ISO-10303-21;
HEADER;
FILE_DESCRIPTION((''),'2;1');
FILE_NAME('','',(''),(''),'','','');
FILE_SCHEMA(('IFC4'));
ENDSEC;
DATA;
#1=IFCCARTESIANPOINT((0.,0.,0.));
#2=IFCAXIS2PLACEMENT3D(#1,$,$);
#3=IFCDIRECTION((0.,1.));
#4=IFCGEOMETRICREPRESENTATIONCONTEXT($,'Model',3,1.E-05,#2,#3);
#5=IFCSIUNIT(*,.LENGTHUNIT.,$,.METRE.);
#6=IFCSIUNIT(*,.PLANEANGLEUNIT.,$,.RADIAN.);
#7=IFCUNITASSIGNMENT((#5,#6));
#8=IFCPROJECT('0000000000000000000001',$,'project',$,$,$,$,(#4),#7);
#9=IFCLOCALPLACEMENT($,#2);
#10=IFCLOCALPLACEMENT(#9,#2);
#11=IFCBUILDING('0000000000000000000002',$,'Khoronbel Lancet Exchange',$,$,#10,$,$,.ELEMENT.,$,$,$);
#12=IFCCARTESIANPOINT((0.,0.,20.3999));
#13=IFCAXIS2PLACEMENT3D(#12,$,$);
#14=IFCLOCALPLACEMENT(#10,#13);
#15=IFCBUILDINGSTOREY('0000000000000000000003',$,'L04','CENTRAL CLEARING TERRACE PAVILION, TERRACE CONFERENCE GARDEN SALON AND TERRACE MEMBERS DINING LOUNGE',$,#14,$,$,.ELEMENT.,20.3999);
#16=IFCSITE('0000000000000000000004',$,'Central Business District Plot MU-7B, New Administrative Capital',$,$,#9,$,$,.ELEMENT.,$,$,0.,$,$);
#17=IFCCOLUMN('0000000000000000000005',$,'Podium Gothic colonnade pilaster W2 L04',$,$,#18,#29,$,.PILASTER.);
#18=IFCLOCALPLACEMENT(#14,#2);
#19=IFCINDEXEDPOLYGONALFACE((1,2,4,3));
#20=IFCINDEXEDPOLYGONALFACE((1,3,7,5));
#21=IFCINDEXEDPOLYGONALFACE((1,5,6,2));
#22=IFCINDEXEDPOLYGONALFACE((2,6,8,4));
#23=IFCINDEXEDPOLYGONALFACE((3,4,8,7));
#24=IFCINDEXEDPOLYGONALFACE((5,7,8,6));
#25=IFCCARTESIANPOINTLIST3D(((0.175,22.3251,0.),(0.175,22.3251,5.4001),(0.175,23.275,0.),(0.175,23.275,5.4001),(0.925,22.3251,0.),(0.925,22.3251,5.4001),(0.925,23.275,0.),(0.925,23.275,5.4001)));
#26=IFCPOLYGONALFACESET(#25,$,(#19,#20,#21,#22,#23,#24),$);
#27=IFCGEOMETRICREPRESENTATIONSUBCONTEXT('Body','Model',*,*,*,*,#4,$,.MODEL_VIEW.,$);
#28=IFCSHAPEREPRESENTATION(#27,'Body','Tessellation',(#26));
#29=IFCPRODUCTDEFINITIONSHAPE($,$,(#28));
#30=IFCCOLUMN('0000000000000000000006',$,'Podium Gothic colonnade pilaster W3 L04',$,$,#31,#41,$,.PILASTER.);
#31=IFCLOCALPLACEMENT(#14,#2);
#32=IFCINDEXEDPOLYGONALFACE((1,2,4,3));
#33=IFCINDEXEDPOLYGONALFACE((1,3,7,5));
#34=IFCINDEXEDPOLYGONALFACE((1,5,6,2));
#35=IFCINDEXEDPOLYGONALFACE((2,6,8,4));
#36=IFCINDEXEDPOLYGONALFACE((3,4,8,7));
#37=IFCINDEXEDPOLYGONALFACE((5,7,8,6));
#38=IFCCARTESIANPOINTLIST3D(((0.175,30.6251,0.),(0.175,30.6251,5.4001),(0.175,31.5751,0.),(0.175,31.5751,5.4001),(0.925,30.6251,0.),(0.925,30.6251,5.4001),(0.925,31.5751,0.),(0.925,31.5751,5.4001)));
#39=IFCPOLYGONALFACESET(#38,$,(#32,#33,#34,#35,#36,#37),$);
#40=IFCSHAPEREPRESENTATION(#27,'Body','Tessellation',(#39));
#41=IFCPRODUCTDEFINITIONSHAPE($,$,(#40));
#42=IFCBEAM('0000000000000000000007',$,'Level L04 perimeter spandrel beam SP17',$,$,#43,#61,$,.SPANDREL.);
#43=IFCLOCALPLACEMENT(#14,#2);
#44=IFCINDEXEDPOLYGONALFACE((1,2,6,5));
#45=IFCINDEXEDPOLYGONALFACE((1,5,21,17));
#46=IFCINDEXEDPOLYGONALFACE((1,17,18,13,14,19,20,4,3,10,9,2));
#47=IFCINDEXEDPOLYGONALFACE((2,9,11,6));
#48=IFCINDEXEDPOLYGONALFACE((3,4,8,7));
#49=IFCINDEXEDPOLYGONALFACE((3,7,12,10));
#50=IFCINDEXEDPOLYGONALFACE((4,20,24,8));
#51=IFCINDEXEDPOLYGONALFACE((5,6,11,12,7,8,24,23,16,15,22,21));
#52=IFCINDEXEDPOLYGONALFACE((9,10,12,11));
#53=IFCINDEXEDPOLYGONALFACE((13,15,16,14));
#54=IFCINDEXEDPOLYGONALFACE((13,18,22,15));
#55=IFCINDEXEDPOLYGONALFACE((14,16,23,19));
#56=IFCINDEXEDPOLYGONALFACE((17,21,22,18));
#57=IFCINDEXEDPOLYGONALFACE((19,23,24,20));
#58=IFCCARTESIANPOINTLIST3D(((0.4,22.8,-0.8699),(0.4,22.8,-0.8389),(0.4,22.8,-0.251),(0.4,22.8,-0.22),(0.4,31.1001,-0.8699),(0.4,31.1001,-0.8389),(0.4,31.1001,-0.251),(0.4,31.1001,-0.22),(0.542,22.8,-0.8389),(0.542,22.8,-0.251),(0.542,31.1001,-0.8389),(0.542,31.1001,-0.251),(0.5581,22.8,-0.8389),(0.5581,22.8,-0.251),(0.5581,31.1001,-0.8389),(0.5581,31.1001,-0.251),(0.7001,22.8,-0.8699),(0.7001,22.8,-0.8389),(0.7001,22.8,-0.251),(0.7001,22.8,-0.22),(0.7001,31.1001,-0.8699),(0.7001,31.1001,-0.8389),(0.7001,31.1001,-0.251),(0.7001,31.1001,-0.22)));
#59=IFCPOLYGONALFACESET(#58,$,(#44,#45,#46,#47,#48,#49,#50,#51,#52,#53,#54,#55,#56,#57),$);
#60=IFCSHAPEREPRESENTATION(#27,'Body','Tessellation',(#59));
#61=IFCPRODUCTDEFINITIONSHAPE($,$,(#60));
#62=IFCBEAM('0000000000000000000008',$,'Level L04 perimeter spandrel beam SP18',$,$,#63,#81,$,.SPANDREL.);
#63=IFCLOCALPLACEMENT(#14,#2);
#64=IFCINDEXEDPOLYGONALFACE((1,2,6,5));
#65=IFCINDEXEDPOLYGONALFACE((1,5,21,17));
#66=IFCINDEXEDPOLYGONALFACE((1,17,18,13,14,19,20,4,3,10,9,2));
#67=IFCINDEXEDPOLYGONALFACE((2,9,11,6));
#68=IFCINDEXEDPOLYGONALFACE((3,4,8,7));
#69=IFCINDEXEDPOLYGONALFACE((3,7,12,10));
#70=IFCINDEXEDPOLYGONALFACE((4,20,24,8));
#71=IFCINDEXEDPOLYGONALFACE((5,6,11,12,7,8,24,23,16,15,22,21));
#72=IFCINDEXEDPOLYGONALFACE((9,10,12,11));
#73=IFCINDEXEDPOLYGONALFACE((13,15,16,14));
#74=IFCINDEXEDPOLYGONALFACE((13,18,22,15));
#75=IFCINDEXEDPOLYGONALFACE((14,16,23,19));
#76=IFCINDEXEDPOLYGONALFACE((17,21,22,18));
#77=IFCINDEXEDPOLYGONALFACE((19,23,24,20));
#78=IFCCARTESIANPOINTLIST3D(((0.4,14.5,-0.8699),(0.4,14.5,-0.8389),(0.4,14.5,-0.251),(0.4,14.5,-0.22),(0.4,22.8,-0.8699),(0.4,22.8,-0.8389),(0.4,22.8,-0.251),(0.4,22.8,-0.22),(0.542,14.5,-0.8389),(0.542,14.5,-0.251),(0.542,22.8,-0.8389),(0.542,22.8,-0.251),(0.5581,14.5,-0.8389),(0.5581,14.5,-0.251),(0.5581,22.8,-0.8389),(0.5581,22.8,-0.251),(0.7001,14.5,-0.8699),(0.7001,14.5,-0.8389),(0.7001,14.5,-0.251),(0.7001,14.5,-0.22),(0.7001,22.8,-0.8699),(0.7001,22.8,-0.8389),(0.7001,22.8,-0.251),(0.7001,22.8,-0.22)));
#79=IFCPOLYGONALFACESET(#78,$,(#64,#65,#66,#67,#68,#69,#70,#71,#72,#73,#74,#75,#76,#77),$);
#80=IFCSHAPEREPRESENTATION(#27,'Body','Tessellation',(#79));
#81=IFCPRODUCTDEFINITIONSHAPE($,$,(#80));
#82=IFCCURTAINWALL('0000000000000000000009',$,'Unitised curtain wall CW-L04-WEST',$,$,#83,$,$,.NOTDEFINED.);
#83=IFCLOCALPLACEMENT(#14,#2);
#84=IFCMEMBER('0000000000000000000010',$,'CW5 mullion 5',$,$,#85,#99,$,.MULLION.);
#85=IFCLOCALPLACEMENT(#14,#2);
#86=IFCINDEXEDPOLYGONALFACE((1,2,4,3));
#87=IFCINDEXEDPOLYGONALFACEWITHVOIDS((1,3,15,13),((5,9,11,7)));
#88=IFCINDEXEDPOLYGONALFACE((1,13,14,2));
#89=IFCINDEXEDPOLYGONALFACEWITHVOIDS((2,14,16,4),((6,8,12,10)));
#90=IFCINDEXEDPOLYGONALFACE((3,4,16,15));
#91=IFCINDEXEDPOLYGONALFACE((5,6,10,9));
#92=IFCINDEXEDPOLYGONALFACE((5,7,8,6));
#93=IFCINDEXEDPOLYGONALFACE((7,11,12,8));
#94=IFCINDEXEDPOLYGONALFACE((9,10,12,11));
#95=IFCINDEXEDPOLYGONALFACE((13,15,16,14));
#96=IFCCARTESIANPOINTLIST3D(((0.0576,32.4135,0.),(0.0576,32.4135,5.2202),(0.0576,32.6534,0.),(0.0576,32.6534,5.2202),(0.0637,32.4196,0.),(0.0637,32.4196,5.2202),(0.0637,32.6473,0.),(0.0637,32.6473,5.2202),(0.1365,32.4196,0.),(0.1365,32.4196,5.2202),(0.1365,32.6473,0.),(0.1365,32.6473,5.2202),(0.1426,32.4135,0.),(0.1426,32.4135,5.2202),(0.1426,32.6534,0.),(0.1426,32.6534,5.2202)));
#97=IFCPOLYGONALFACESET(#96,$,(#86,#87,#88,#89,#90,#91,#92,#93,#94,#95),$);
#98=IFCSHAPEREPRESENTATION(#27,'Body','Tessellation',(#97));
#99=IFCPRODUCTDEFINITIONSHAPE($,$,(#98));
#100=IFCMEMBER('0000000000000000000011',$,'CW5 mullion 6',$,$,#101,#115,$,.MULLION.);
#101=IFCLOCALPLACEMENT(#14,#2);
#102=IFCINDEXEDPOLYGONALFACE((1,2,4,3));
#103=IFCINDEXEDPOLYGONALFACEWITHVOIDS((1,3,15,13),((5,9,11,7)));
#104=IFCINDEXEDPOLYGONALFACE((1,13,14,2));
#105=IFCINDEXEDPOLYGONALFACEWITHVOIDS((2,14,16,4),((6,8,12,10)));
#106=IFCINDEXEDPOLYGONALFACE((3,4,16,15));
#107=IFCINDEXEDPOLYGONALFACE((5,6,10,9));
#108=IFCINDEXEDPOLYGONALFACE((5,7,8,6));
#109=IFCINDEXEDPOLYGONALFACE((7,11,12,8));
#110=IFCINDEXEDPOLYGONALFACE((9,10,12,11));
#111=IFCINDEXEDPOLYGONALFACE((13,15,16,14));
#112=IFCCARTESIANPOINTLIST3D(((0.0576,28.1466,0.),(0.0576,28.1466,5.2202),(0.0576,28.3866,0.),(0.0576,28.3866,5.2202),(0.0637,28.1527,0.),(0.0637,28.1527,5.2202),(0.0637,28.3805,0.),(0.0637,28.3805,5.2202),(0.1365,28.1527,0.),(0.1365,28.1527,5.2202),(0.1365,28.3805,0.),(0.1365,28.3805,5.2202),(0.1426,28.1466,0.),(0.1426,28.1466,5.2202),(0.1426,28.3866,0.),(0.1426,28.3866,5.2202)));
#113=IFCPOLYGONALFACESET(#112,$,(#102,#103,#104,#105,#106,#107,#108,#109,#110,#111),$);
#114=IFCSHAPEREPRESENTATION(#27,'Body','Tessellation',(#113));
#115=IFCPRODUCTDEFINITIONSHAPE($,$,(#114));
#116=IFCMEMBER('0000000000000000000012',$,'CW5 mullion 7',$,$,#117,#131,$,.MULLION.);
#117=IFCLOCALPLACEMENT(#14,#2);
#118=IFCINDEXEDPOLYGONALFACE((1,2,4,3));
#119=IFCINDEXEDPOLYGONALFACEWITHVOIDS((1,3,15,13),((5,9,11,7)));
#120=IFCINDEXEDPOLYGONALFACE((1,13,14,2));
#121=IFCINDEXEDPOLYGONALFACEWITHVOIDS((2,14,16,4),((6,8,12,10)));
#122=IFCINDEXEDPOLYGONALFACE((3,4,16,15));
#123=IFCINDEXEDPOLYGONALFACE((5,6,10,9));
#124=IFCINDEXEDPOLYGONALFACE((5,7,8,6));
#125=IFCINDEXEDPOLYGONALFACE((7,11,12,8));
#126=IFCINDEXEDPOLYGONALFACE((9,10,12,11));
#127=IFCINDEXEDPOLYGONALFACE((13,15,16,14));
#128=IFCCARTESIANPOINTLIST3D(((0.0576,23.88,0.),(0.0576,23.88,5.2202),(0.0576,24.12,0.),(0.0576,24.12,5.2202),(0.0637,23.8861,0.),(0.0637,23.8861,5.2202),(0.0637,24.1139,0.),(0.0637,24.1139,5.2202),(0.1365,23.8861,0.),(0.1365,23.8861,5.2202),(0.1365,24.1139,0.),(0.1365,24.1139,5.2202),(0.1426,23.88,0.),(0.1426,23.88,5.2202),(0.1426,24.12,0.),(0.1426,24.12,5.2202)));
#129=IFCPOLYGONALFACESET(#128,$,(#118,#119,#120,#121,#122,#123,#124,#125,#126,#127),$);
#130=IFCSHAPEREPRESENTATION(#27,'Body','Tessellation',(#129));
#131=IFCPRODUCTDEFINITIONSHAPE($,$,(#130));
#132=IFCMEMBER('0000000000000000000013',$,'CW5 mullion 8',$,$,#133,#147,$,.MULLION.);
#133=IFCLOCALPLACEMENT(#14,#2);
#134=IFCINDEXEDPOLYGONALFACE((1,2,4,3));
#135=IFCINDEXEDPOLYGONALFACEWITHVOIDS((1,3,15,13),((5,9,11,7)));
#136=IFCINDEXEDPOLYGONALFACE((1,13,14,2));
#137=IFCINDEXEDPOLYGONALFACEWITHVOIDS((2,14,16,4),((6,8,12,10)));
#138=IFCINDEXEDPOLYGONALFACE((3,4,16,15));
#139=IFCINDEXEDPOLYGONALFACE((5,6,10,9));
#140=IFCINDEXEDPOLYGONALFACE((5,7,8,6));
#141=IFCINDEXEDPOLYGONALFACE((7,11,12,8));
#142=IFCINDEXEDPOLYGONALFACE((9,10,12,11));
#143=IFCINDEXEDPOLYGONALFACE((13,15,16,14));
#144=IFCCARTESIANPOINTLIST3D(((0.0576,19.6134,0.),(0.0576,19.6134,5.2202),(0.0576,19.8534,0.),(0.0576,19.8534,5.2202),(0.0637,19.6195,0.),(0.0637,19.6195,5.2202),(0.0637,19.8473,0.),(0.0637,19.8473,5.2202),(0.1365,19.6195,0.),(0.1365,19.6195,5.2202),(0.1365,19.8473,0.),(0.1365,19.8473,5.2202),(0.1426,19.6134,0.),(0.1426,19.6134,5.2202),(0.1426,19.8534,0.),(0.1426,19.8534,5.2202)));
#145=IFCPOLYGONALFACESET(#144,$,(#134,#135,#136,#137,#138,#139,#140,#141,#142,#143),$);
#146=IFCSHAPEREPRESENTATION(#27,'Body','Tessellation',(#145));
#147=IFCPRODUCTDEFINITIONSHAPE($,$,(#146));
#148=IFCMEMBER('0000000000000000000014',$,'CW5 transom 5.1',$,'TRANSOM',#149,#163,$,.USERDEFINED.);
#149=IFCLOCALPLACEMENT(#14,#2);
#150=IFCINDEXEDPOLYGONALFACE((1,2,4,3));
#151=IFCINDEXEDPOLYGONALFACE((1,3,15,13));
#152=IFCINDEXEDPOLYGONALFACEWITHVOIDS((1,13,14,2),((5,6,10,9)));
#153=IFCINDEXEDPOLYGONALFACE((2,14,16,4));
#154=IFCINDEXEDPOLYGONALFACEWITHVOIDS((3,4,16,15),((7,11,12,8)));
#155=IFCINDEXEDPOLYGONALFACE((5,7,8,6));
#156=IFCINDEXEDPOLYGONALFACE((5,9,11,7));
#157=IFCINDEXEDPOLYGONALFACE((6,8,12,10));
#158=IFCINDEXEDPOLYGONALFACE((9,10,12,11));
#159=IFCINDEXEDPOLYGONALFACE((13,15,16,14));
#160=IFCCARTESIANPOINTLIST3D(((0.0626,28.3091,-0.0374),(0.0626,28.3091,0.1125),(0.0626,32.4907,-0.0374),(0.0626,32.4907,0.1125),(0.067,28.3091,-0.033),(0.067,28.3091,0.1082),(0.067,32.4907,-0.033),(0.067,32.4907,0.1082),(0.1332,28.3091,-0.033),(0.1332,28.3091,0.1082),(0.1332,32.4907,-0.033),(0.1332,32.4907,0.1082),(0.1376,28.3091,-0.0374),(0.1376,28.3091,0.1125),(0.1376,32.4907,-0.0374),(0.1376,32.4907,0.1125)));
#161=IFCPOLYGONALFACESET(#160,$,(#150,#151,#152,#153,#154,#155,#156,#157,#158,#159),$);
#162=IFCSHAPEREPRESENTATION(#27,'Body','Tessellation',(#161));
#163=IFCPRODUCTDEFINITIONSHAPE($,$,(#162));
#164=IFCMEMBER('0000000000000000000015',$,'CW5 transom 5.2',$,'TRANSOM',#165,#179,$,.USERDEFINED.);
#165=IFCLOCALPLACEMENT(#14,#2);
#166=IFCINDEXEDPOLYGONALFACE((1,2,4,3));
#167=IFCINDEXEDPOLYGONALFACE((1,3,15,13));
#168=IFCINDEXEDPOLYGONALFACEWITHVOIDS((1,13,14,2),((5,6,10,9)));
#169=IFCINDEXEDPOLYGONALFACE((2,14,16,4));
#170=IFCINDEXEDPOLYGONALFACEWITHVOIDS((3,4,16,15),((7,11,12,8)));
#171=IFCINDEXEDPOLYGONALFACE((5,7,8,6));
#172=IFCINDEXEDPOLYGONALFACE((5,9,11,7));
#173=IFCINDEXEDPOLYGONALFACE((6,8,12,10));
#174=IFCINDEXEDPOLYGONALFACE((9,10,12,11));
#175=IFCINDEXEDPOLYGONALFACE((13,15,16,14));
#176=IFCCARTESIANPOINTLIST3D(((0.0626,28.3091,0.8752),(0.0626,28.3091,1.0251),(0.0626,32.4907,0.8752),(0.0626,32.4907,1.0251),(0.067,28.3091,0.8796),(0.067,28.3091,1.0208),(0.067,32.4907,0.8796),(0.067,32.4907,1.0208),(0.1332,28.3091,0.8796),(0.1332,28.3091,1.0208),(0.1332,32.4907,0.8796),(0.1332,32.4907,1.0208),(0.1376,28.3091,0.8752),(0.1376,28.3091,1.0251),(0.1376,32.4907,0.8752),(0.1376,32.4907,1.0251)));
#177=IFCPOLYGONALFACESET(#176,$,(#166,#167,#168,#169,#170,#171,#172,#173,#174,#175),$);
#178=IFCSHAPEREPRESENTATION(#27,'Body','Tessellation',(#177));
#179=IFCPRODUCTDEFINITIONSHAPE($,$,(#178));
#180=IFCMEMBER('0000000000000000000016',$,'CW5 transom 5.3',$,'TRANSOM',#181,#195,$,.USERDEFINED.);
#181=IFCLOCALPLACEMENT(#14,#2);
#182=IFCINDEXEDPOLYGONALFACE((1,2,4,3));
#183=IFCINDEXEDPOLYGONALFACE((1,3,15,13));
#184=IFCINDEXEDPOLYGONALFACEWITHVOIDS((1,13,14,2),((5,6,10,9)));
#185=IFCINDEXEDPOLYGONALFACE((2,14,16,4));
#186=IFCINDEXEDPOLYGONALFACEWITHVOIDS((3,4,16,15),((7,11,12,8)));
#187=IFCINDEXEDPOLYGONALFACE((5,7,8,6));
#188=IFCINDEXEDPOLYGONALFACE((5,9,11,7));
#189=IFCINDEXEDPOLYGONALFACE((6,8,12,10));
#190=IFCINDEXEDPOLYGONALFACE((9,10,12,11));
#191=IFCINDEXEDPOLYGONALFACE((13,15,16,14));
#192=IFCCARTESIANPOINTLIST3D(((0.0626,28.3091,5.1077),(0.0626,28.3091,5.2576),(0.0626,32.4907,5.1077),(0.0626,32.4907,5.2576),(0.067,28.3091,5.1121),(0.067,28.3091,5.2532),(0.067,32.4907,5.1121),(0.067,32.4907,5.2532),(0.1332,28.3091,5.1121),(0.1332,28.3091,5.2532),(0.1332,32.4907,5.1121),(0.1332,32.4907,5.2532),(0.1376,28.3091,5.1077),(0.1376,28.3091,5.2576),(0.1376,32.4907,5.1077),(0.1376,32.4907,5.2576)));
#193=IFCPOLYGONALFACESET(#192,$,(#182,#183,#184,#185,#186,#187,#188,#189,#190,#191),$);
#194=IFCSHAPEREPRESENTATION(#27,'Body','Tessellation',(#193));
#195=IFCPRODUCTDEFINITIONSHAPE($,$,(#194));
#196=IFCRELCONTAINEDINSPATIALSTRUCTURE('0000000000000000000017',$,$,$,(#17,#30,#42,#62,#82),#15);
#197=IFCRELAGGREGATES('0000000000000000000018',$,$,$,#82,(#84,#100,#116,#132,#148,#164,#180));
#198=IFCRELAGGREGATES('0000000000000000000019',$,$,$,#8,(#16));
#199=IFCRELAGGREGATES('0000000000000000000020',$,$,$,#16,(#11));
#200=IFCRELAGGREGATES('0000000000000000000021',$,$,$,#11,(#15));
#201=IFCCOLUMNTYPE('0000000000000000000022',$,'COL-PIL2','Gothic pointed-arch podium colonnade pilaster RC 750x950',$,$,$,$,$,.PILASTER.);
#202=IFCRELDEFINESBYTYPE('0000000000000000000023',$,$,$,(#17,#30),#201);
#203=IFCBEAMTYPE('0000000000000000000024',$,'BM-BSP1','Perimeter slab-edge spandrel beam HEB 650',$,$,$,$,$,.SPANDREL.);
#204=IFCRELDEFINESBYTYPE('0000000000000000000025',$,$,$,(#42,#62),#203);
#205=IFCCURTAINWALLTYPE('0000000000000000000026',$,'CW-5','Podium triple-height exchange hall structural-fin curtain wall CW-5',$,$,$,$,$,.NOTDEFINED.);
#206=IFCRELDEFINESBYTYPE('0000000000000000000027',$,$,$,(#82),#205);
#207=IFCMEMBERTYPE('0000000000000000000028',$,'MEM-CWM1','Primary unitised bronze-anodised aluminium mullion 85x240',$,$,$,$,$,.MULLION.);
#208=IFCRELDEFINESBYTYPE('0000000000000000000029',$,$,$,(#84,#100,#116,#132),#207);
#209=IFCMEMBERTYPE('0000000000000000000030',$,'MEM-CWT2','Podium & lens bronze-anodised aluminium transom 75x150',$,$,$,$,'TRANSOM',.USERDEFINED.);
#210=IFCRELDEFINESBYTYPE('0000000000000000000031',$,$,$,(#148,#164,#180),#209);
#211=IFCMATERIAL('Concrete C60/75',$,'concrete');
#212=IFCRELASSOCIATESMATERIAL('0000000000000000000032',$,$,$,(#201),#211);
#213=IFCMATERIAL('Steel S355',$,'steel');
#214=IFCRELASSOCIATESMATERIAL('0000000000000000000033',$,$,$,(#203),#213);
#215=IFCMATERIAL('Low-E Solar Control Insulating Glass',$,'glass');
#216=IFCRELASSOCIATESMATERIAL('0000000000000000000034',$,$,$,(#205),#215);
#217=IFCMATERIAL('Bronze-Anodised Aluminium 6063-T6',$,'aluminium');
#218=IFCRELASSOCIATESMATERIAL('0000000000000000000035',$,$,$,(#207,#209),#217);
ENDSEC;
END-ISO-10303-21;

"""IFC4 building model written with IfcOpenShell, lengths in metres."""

from ifc_helpers import new_model, si_unit, direction, frame, origin, origin_2d, place, context, subcontext, project, spatial, rectangle, hollow_rectangle, i_section, extrude, material, material_profile, profile_set, type_object, element, aggregate, save


model = new_model("IFC4")

# Units and contexts
model_context = context("Model", 3, precision=1e-05, world=origin(), true_north=direction((0.0, 1.0)))
body_context = subcontext(model_context, "Body", "Model", "MODEL_VIEW")
ifc_project = project(units=[si_unit("LENGTHUNIT", "METRE"), si_unit("PLANEANGLEUNIT", "RADIAN")], contexts=[model_context])

# Site, building, storey
site_placement = place(None, origin())
site = spatial("IfcSite", under=ifc_project, at=site_placement, Name="Central Business District Plot MU-7B, New Administrative Capital", CompositionType="ELEMENT", RefElevation=0.0)
building_placement = place(site_placement, origin())
building = spatial("IfcBuilding", under=site, at=building_placement, Name="Khoronbel Lancet Exchange", CompositionType="ELEMENT")
storey_placement = place(building_placement, frame((0.0, 0.0, 20.3999)))
storey = spatial("IfcBuildingStorey", under=building, at=storey_placement, Name="L04", Description="CENTRAL CLEARING TERRACE PAVILION, TERRACE CONFERENCE GARDEN SALON AND TERRACE MEMBERS DINING LOUNGE", CompositionType="ELEMENT", Elevation=20.3999)

# Columns
ifc_material_1 = material(Name="Concrete C60/75", Category="concrete")
ifc_material_profile_1 = material_profile(ifc_material_1, rectangle(XDim=0.75, YDim=0.95, at=origin_2d()), Name="RC 750x950")
ifc_profile_set_1 = profile_set([ifc_material_profile_1], Name="Concrete C60/75")
column_type = type_object("IfcColumnType", Name="COL-PIL2", Description="Gothic pointed-arch podium colonnade pilaster RC 750x950", PredefinedType="PILASTER", material=ifc_profile_set_1)
for number, where, z_axis, x_axis, name in (
    (1, (0.55, 22.8, 0.0), (0.0, 0.0, 1.0), (1.0, 0.0, 0.0), "Podium Gothic colonnade pilaster W2 L04"),
    (2, (0.55, 31.1001, 0.0), (0.0, 0.0, 1.0), (1.0, 0.0, 0.0), "Podium Gothic colonnade pilaster W3 L04"),
):
    element("IfcColumn", number, at=place(storey_placement, frame(where, z_axis=z_axis, x_axis=x_axis)), inside=storey, type_object=column_type, Name=name, PredefinedType="PILASTER", context=body_context, shape_type="SweptSolid", body=[
        extrude(rectangle(XDim=0.75, YDim=0.95, at=origin_2d()), origin(), (0.0, 0.0, 1.0), 5.4001),
    ])

# Beams
ifc_material_2 = material(Name="Steel S355", Category="steel")
ifc_material_profile_2 = material_profile(ifc_material_2, i_section(OverallWidth=0.3, OverallDepth=0.6499, WebThickness=0.0161, FlangeThickness=0.031, at=origin_2d()), Name="HEB 650")
ifc_profile_set_2 = profile_set([ifc_material_profile_2], Name="Steel S355")
beam_type = type_object("IfcBeamType", Name="BM-BSP1", Description="Perimeter slab-edge spandrel beam HEB 650", PredefinedType="SPANDREL", material=ifc_profile_set_2)
for number, where, z_axis, x_axis, name in (
    (3, (0.55, 31.1001, -0.5449), (0.0, -1.0, 0.0), (1.0, 0.0, 0.0), "Level L04 perimeter spandrel beam SP17"),
    (4, (0.55, 22.8, -0.5449), (0.0, -1.0, 0.0), (1.0, 0.0, 0.0), "Level L04 perimeter spandrel beam SP18"),
):
    element("IfcBeam", number, at=place(storey_placement, frame(where, z_axis=z_axis, x_axis=x_axis)), inside=storey, type_object=beam_type, Name=name, PredefinedType="SPANDREL", context=body_context, shape_type="SweptSolid", body=[
        extrude(i_section(OverallWidth=0.3, OverallDepth=0.6499, WebThickness=0.0161, FlangeThickness=0.031, at=origin_2d()), origin(), (0.0, 0.0, 1.0), 8.3),
    ])

# Curtain wall, members
ifc_material_3 = material(Name="Low-E Solar Control Insulating Glass", Category="glass")
curtain_wall_type = type_object("IfcCurtainWallType", Name="CW-5", Description="Podium triple-height exchange hall structural-fin curtain wall CW-5", PredefinedType="NOTDEFINED", material=ifc_material_3)
curtain_wall_placement = place(storey_placement, origin())
curtain_wall = element("IfcCurtainWall", 5, at=curtain_wall_placement, inside=storey, type_object=curtain_wall_type, Name="Unitised curtain wall CW-L04-WEST", PredefinedType="NOTDEFINED")
ifc_material_4 = material(Name="Bronze-Anodised Aluminium 6063-T6", Category="aluminium")
ifc_material_profile_3 = material_profile(ifc_material_4, hollow_rectangle(XDim=0.085, YDim=0.24, WallThickness=0.0061, at=origin_2d()), Name="ALU MULLION 85x240")
ifc_profile_set_3 = profile_set([ifc_material_profile_3], Name="Bronze-Anodised Aluminium 6063-T6")
member_type_1 = type_object("IfcMemberType", Name="MEM-CWM1", Description="Primary unitised bronze-anodised aluminium mullion 85x240", PredefinedType="MULLION", material=ifc_profile_set_3)
member_1_placement = place(storey_placement, frame((0.1001, 32.5334, 0.0), z_axis=(0.0, 0.0, 1.0), x_axis=(1.0, 0.0, 0.0)))
member_1 = element("IfcMember", 6, at=member_1_placement, type_object=member_type_1, Name="CW5 mullion 5", PredefinedType="MULLION", context=body_context, shape_type="SweptSolid", body=[
    extrude(hollow_rectangle(XDim=0.085, YDim=0.24, WallThickness=0.0061, at=origin_2d()), origin(), (0.0, 0.0, 1.0), 5.2202),
])
member_2_placement = place(storey_placement, frame((0.1001, 28.2666, 0.0), z_axis=(0.0, 0.0, 1.0), x_axis=(1.0, 0.0, 0.0)))
member_2 = element("IfcMember", 7, at=member_2_placement, type_object=member_type_1, Name="CW5 mullion 6", PredefinedType="MULLION", context=body_context, shape_type="SweptSolid", body=[
    extrude(hollow_rectangle(XDim=0.085, YDim=0.24, WallThickness=0.0061, at=origin_2d()), origin(), (0.0, 0.0, 1.0), 5.2202),
])
member_3_placement = place(storey_placement, frame((0.1001, 24.0, 0.0), z_axis=(0.0, 0.0, 1.0), x_axis=(1.0, 0.0, 0.0)))
member_3 = element("IfcMember", 8, at=member_3_placement, type_object=member_type_1, Name="CW5 mullion 7", PredefinedType="MULLION", context=body_context, shape_type="SweptSolid", body=[
    extrude(hollow_rectangle(XDim=0.085, YDim=0.24, WallThickness=0.0061, at=origin_2d()), origin(), (0.0, 0.0, 1.0), 5.2202),
])
member_4_placement = place(storey_placement, frame((0.1001, 19.7334, 0.0), z_axis=(0.0, 0.0, 1.0), x_axis=(1.0, 0.0, 0.0)))
member_4 = element("IfcMember", 9, at=member_4_placement, type_object=member_type_1, Name="CW5 mullion 8", PredefinedType="MULLION", context=body_context, shape_type="SweptSolid", body=[
    extrude(hollow_rectangle(XDim=0.085, YDim=0.24, WallThickness=0.0061, at=origin_2d()), origin(), (0.0, 0.0, 1.0), 5.2202),
])
ifc_material_profile_4 = material_profile(ifc_material_4, hollow_rectangle(XDim=0.075, YDim=0.1499, WallThickness=0.0044, at=origin_2d()), Name="ALU TRANSOM 75x150")
ifc_profile_set_4 = profile_set([ifc_material_profile_4], Name="Bronze-Anodised Aluminium 6063-T6")
member_type_2 = type_object("IfcMemberType", Name="MEM-CWT2", Description="Podium & lens bronze-anodised aluminium transom 75x150", ElementType="TRANSOM", PredefinedType="USERDEFINED", material=ifc_profile_set_4)
member_5_placement = place(storey_placement, frame((0.1001, 32.4907, 0.0376), z_axis=(0.0, -1.0, 0.0), x_axis=(1.0, 0.0, 0.0)))
member_5 = element("IfcMember", 10, at=member_5_placement, type_object=member_type_2, Name="CW5 transom 5.1", ObjectType="TRANSOM", PredefinedType="USERDEFINED", context=body_context, shape_type="SweptSolid", body=[
    extrude(hollow_rectangle(XDim=0.075, YDim=0.1499, WallThickness=0.0044, at=origin_2d()), origin(), (0.0, 0.0, 1.0), 4.1816),
])
member_6_placement = place(storey_placement, frame((0.1001, 32.4907, 0.9502), z_axis=(0.0, -1.0, 0.0), x_axis=(1.0, 0.0, 0.0)))
member_6 = element("IfcMember", 11, at=member_6_placement, type_object=member_type_2, Name="CW5 transom 5.2", ObjectType="TRANSOM", PredefinedType="USERDEFINED", context=body_context, shape_type="SweptSolid", body=[
    extrude(hollow_rectangle(XDim=0.075, YDim=0.1499, WallThickness=0.0044, at=origin_2d()), origin(), (0.0, 0.0, 1.0), 4.1816),
])
member_7_placement = place(storey_placement, frame((0.1001, 32.4907, 5.1826), z_axis=(0.0, -1.0, 0.0), x_axis=(1.0, 0.0, 0.0)))
member_7 = element("IfcMember", 12, at=member_7_placement, type_object=member_type_2, Name="CW5 transom 5.3", ObjectType="TRANSOM", PredefinedType="USERDEFINED", context=body_context, shape_type="SweptSolid", body=[
    extrude(hollow_rectangle(XDim=0.075, YDim=0.1499, WallThickness=0.0044, at=origin_2d()), origin(), (0.0, 0.0, 1.0), 4.1816),
])
aggregate(curtain_wall, [member_1, member_2, member_3, member_4, member_5, member_6, member_7])

save(model, "model.ifc")
